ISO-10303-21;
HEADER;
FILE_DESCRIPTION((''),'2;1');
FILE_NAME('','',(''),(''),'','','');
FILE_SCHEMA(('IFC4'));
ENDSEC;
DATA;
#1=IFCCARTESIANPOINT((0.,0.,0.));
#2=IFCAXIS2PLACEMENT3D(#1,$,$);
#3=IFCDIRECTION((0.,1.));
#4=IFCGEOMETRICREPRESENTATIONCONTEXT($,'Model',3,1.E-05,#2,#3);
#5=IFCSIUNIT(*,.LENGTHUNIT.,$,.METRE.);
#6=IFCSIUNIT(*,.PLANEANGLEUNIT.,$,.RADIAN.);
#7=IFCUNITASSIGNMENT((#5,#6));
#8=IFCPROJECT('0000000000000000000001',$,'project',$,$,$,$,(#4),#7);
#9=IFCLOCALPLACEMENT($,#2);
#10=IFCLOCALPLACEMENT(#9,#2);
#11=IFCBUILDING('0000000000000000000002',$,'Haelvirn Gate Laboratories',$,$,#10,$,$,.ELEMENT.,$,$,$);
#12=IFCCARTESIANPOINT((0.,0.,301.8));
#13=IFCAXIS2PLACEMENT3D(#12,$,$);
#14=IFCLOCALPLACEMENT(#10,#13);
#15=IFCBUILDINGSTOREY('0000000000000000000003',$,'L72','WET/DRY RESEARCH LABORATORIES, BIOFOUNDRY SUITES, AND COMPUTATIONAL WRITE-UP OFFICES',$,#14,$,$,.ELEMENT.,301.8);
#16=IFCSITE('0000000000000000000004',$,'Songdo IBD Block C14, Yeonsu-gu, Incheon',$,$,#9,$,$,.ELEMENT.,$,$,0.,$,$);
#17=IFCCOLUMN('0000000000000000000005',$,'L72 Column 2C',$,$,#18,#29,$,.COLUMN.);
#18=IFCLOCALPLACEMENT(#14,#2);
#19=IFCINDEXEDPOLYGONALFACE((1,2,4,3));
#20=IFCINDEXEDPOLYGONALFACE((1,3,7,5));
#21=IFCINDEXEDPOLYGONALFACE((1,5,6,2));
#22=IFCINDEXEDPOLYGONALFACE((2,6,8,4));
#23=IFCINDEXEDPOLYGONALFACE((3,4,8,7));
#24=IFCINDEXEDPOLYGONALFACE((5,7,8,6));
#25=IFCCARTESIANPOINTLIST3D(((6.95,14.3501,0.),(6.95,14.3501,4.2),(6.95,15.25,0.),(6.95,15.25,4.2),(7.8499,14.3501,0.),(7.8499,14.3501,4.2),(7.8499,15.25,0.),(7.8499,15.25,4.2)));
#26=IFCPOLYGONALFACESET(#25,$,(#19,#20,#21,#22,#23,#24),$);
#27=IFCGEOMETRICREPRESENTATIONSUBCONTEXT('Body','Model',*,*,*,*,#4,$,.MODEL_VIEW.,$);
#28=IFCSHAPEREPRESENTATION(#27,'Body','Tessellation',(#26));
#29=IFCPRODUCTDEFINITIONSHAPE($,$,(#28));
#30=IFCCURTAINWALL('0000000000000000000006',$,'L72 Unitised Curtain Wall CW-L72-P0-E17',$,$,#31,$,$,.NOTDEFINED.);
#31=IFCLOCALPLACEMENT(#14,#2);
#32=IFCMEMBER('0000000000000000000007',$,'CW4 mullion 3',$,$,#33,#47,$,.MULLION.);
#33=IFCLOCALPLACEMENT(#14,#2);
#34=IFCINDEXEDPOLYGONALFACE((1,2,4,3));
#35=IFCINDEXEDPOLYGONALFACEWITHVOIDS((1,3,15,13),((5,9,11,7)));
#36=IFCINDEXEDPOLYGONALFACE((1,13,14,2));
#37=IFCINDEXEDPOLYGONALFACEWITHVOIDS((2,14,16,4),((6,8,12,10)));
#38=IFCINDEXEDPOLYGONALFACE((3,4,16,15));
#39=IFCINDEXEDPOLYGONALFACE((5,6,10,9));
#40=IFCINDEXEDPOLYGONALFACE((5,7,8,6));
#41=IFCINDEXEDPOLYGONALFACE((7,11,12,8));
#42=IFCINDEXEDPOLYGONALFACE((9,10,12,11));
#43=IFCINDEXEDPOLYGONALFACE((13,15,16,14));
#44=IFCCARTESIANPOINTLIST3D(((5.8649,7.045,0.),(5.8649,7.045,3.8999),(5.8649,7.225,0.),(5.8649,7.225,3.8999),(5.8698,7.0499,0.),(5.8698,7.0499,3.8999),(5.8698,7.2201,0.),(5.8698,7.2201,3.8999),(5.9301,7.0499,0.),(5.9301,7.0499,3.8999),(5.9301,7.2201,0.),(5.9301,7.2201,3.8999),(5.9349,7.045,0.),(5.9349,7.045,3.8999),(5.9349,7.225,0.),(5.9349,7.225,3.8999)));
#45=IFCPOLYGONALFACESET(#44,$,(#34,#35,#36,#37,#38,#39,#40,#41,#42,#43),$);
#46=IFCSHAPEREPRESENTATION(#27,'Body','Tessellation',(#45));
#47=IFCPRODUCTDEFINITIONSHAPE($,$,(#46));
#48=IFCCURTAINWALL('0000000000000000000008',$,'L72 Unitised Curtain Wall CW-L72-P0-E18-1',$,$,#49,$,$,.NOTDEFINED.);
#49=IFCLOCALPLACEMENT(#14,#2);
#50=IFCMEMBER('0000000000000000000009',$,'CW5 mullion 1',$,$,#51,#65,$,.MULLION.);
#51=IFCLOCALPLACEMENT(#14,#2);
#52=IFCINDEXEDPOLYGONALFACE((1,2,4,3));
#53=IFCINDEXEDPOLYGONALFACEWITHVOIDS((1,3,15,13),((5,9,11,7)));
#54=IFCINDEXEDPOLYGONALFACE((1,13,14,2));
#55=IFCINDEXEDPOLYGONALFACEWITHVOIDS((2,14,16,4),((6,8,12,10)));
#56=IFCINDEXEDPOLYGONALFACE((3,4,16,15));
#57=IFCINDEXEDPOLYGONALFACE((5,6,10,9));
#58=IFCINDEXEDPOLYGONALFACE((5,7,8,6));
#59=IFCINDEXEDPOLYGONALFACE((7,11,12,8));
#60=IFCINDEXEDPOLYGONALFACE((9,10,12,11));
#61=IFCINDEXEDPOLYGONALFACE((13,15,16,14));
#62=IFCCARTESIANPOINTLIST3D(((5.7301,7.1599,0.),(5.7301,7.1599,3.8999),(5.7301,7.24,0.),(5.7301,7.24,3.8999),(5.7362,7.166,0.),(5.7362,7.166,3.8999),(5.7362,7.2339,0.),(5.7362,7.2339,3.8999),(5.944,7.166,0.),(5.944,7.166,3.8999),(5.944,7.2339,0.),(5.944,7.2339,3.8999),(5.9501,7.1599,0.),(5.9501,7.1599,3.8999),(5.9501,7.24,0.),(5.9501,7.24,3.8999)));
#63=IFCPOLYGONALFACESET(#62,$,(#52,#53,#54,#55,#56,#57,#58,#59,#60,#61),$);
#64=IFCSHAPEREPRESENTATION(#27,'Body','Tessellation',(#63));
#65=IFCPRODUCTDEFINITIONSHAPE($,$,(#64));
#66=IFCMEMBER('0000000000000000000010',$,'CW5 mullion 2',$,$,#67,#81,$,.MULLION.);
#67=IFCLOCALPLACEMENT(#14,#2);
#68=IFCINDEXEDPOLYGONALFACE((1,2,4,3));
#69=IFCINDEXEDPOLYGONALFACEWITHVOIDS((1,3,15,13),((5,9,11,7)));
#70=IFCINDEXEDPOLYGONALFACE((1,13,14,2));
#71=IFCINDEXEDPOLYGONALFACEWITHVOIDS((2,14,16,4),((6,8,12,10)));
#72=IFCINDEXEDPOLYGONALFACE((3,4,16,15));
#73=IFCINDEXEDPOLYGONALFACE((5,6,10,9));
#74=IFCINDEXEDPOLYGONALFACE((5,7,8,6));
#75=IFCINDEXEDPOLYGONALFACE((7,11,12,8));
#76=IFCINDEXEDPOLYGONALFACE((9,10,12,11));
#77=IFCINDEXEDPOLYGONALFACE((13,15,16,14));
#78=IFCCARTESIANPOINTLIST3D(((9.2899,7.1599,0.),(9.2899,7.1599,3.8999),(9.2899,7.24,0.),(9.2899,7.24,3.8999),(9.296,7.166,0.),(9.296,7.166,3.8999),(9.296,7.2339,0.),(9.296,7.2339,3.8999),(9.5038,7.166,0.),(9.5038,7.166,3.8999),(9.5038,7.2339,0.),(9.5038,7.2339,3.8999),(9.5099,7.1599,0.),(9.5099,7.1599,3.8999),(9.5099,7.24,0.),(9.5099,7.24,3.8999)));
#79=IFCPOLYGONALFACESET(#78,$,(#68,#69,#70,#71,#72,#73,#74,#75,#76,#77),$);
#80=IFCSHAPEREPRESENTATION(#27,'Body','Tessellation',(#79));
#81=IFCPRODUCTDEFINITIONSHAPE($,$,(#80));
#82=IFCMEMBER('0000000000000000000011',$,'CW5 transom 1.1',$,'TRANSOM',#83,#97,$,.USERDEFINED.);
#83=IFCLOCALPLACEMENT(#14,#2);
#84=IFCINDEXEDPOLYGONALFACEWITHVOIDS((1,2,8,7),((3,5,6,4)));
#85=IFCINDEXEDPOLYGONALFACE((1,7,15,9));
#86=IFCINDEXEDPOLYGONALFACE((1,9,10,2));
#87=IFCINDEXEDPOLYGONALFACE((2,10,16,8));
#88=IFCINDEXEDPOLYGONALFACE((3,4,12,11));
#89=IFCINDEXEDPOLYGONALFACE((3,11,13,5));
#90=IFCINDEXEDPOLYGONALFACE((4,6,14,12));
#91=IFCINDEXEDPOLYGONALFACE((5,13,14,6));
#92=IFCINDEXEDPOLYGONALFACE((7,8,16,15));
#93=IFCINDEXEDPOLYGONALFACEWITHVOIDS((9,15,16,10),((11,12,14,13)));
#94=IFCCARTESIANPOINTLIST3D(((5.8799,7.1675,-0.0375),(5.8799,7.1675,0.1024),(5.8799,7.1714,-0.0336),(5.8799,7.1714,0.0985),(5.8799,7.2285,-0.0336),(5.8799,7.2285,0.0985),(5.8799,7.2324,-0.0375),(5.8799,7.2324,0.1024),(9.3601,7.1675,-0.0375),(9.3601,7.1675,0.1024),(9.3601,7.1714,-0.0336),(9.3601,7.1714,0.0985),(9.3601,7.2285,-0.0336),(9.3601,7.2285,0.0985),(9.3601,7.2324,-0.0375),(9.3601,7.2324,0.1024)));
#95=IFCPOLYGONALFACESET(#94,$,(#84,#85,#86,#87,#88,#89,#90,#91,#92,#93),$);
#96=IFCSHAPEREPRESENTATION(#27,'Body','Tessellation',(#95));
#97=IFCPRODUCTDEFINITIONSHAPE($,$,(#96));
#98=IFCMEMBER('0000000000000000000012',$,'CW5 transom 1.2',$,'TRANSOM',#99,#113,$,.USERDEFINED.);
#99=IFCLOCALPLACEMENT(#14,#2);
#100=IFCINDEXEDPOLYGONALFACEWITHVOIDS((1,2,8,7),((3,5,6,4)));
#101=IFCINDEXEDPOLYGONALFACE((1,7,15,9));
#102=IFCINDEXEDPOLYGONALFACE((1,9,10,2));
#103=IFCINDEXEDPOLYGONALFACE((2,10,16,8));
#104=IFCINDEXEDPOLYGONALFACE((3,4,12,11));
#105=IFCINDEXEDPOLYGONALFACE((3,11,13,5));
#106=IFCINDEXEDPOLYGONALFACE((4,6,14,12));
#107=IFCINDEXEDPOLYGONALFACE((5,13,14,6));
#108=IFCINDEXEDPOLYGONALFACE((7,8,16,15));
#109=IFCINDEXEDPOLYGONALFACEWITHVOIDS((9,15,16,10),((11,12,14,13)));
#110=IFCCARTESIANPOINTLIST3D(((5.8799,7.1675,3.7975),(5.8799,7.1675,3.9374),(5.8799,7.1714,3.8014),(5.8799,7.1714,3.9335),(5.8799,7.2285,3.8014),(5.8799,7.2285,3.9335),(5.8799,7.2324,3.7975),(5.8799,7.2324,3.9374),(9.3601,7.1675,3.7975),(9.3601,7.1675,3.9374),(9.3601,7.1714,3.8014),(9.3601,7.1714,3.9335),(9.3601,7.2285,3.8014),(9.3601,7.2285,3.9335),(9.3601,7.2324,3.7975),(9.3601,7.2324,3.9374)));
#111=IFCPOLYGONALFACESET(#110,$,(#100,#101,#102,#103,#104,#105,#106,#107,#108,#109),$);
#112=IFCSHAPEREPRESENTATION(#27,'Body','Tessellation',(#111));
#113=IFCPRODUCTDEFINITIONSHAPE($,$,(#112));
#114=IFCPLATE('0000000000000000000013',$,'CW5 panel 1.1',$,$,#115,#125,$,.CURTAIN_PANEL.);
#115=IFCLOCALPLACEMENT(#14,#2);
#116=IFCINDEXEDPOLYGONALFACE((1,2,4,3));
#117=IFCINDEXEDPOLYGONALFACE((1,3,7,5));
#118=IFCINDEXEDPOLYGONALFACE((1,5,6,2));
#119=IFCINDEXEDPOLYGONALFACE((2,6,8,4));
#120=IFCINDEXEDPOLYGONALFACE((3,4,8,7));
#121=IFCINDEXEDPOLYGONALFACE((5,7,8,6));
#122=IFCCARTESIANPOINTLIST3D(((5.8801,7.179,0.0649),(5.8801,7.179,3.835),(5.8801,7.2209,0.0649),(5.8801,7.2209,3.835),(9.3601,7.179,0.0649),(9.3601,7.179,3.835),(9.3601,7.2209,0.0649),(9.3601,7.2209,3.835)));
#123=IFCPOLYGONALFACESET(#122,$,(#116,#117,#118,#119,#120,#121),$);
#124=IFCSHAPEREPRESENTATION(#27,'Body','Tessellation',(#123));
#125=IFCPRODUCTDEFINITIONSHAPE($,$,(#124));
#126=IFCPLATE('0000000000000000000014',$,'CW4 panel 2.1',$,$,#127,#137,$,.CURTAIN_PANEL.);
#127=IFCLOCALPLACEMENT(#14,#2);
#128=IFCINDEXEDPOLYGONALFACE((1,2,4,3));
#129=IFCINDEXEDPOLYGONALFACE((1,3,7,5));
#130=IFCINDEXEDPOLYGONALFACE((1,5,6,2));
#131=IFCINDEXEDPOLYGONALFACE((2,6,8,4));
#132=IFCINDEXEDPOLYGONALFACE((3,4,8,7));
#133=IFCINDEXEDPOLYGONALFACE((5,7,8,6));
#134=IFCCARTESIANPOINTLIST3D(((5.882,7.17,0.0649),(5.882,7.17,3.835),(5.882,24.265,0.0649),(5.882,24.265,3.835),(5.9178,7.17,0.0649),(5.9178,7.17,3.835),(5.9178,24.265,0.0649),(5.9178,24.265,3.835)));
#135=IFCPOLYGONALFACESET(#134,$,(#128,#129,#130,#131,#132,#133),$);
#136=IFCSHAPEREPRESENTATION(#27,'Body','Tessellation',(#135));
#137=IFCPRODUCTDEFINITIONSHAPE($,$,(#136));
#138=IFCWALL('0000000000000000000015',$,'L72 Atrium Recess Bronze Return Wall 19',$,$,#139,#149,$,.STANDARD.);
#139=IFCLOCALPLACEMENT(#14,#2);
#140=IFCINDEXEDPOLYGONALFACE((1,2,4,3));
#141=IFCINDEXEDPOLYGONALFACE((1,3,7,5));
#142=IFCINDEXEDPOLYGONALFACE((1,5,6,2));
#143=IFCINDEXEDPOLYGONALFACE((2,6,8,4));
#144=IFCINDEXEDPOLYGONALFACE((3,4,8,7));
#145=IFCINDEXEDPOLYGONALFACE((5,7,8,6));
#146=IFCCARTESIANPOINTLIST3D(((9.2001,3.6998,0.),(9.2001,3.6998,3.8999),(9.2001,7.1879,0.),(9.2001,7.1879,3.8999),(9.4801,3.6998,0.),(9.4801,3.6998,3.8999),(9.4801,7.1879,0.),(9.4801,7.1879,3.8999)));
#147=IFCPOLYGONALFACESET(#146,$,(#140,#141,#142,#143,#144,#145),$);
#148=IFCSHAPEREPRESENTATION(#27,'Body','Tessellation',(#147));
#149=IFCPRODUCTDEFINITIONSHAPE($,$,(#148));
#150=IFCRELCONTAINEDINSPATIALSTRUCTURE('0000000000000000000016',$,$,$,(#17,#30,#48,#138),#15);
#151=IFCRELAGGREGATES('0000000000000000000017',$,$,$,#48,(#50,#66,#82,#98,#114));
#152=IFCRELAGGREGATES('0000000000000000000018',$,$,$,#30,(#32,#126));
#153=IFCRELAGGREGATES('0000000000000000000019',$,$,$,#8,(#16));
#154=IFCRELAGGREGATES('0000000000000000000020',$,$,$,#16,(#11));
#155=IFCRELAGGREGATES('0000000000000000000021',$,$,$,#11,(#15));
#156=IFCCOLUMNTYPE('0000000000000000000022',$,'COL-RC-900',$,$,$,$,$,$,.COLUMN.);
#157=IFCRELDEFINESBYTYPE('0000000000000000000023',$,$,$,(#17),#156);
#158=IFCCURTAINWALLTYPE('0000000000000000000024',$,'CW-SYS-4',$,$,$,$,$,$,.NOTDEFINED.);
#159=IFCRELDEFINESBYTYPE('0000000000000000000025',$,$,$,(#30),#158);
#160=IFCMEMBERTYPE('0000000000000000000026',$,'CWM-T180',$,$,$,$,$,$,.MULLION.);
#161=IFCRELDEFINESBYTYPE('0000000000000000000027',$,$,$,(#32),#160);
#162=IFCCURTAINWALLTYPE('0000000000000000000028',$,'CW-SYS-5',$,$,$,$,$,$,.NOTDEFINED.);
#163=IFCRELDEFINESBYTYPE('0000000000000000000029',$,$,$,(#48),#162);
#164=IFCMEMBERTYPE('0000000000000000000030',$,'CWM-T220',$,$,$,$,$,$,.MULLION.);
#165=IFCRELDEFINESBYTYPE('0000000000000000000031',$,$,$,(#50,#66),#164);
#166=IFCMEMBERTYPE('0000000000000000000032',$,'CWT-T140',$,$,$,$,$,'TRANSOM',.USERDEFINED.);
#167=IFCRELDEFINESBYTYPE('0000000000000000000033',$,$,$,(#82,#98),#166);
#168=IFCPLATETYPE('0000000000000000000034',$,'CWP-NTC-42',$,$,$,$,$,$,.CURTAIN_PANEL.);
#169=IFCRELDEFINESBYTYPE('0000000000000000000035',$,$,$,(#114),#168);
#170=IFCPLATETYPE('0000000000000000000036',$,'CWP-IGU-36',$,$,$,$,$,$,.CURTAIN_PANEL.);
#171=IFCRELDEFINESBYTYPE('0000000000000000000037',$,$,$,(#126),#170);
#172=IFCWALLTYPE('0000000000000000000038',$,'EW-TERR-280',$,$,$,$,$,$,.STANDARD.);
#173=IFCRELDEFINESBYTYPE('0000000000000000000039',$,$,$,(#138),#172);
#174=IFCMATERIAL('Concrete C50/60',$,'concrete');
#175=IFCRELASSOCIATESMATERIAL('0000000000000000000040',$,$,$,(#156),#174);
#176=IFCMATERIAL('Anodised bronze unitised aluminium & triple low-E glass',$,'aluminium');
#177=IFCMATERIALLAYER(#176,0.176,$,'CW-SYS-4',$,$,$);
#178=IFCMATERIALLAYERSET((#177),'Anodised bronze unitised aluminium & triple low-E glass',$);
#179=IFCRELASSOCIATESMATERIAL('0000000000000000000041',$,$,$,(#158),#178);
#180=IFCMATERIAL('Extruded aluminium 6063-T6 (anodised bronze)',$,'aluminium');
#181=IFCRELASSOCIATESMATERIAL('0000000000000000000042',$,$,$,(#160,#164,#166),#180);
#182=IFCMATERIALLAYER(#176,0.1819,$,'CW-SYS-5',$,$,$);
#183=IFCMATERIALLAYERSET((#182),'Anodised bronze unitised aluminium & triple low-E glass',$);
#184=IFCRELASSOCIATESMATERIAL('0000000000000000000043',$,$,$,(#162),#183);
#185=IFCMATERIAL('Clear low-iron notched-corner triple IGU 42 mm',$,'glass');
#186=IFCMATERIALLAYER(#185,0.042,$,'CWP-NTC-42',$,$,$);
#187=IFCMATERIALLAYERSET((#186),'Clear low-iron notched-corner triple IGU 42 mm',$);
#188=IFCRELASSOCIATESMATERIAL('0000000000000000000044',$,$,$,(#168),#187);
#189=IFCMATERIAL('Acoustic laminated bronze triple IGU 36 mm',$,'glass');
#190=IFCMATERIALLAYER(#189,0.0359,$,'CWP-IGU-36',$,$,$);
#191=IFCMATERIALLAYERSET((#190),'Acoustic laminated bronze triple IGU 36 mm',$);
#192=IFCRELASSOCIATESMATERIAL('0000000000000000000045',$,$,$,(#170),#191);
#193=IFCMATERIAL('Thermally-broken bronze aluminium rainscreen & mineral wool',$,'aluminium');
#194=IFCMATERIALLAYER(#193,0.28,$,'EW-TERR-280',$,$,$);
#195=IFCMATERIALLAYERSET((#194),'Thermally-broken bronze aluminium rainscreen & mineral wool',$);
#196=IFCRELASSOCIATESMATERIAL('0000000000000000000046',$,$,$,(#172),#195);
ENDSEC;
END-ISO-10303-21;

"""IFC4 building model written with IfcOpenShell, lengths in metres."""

from ifc_helpers import new_model, si_unit, direction, frame, frame_2d, origin, origin_2d, place, context, subcontext, project, spatial, rectangle, hollow_rectangle, extrude, source, transform, mapped, material, layer, layer_set, material_profile, profile_set, type_object, type_shapes, element, aggregate, save


model = new_model("IFC4")

# Units and contexts
model_context = context("Model", 3, precision=1e-05, world=origin(), true_north=direction((0.0, 1.0)))
body_context = subcontext(model_context, "Body", "Model", "MODEL_VIEW")
ifc_project = project(units=[si_unit("LENGTHUNIT", "METRE"), si_unit("PLANEANGLEUNIT", "RADIAN")], contexts=[model_context])

# Site, building, storey
site_placement = place(None, origin())
site = spatial("IfcSite", under=ifc_project, at=site_placement, Name="Songdo IBD Block C14, Yeonsu-gu, Incheon", CompositionType="ELEMENT", RefElevation=0.0)
building_placement = place(site_placement, origin())
building = spatial("IfcBuilding", under=site, at=building_placement, Name="Haelvirn Gate Laboratories", CompositionType="ELEMENT")
storey_placement = place(building_placement, frame((0.0, 0.0, 301.8)))
storey = spatial("IfcBuildingStorey", under=building, at=storey_placement, Name="L72", Description="WET/DRY RESEARCH LABORATORIES, BIOFOUNDRY SUITES, AND COMPUTATIONAL WRITE-UP OFFICES", CompositionType="ELEMENT", Elevation=301.8)

# Column
ifc_material_1 = material(Name="Concrete C50/60", Category="concrete")
ifc_material_profile_1 = material_profile(ifc_material_1, rectangle(XDim=0.8999, YDim=0.8999, at=origin_2d()), Name="RC-900x900")
ifc_profile_set_1 = profile_set([ifc_material_profile_1], Name="Concrete C50/60")
column_type = type_object("IfcColumnType", Name="COL-RC-900", PredefinedType="COLUMN", material=ifc_profile_set_1)
shared_shape_1 = source(origin(), body_context, "Body", "SweptSolid", [
    extrude(rectangle(XDim=0.8999, YDim=0.8999, at=origin_2d()), origin(), (0.0, 0.0, 1.0), 4.2),
])
type_shapes(column_type, [shared_shape_1])
column_placement = place(storey_placement, frame((7.3999, 14.8, 0.0), z_axis=(0.0, 0.0, 1.0), x_axis=(1.0, 0.0, 0.0)))
element("IfcColumn", 1, at=column_placement, inside=storey, type_object=column_type, Name="L72 Column 2C", PredefinedType="COLUMN", context=body_context, shape_type="MappedRepresentation", body=[
    mapped(shared_shape_1, transform((0.0, 0.0, 0.0), scale=1.0)),
])

# Curtain wall, member
ifc_material_2 = material(Name="Anodised bronze unitised aluminium & triple low-E glass", Category="aluminium")
ifc_layer_1 = layer(ifc_material_2, 0.176, Name="CW-SYS-4")
ifc_layer_set_1 = layer_set([ifc_layer_1], Name="Anodised bronze unitised aluminium & triple low-E glass")
curtain_wall_type_1 = type_object("IfcCurtainWallType", Name="CW-SYS-4", PredefinedType="NOTDEFINED", material=ifc_layer_set_1)
curtain_wall_1_placement = place(storey_placement, origin())
curtain_wall_1 = element("IfcCurtainWall", 2, at=curtain_wall_1_placement, inside=storey, type_object=curtain_wall_type_1, Name="L72 Unitised Curtain Wall CW-L72-P0-E17", PredefinedType="NOTDEFINED")
ifc_material_3 = material(Name="Extruded aluminium 6063-T6 (anodised bronze)", Category="aluminium")
ifc_material_profile_2 = material_profile(ifc_material_3, hollow_rectangle(XDim=0.0701, YDim=0.1799, WallThickness=0.0049, at=origin_2d()), Name="CWM-180x70x5")
ifc_profile_set_2 = profile_set([ifc_material_profile_2], Name="Extruded aluminium 6063-T6 (anodised bronze)")
member_type_1 = type_object("IfcMemberType", Name="CWM-T180", PredefinedType="MULLION", material=ifc_profile_set_2)
shared_shape_2 = source(origin(), body_context, "Body", "SweptSolid", [
    extrude(hollow_rectangle(XDim=0.0701, YDim=0.1799, WallThickness=0.0049, at=origin_2d()), origin(), (0.0, 0.0, 1.0), 3.8999),
])
type_shapes(member_type_1, [shared_shape_2])
member_1_placement = place(storey_placement, frame((5.8999, 7.135, 0.0), z_axis=(0.0, 0.0, 1.0), x_axis=(1.0, 0.0, 0.0)))
member_1 = element("IfcMember", 3, at=member_1_placement, type_object=member_type_1, Name="CW4 mullion 3", PredefinedType="MULLION", context=body_context, shape_type="MappedRepresentation", body=[
    mapped(shared_shape_2, transform((0.0, 0.0, 0.0), scale=1.0)),
])

# Curtain wall, members, plate
ifc_layer_2 = layer(ifc_material_2, 0.1819, Name="CW-SYS-5")
ifc_layer_set_2 = layer_set([ifc_layer_2], Name="Anodised bronze unitised aluminium & triple low-E glass")
curtain_wall_type_2 = type_object("IfcCurtainWallType", Name="CW-SYS-5", PredefinedType="NOTDEFINED", material=ifc_layer_set_2)
curtain_wall_2_placement = place(storey_placement, origin())
curtain_wall_2 = element("IfcCurtainWall", 4, at=curtain_wall_2_placement, inside=storey, type_object=curtain_wall_type_2, Name="L72 Unitised Curtain Wall CW-L72-P0-E18-1", PredefinedType="NOTDEFINED")
ifc_material_profile_3 = material_profile(ifc_material_3, hollow_rectangle(XDim=0.0801, YDim=0.22, WallThickness=0.0061, at=origin_2d()), Name="CWM-220x80x6")
ifc_profile_set_3 = profile_set([ifc_material_profile_3], Name="Extruded aluminium 6063-T6 (anodised bronze)")
member_type_2 = type_object("IfcMemberType", Name="CWM-T220", PredefinedType="MULLION", material=ifc_profile_set_3)
shared_shape_3 = source(origin(), body_context, "Body", "SweptSolid", [
    extrude(hollow_rectangle(XDim=0.0801, YDim=0.22, WallThickness=0.0061, at=origin_2d()), origin(), (0.0, 0.0, 1.0), 3.8999),
])
type_shapes(member_type_2, [shared_shape_3])
member_2_placement = place(storey_placement, frame((5.8401, 7.2, 0.0), z_axis=(0.0, 0.0, 1.0), x_axis=(0.0, 1.0, 0.0)))
member_2 = element("IfcMember", 5, at=member_2_placement, type_object=member_type_2, Name="CW5 mullion 1", PredefinedType="MULLION", context=body_context, shape_type="MappedRepresentation", body=[
    mapped(shared_shape_3, transform((0.0, 0.0, 0.0), scale=1.0)),
])
member_3_placement = place(storey_placement, frame((9.3999, 7.2, 0.0), z_axis=(0.0, 0.0, 1.0), x_axis=(0.0, 1.0, 0.0)))
member_3 = element("IfcMember", 6, at=member_3_placement, type_object=member_type_2, Name="CW5 mullion 2", PredefinedType="MULLION", context=body_context, shape_type="MappedRepresentation", body=[
    mapped(shared_shape_3, transform((0.0, 0.0, 0.0), scale=1.0)),
])
ifc_material_profile_4 = material_profile(ifc_material_3, hollow_rectangle(XDim=0.0649, YDim=0.1399, WallThickness=0.0039, at=origin_2d()), Name="CWT-140x65x4")
ifc_profile_set_4 = profile_set([ifc_material_profile_4], Name="Extruded aluminium 6063-T6 (anodised bronze)")
member_type_3 = type_object("IfcMemberType", Name="CWT-T140", ElementType="TRANSOM", PredefinedType="USERDEFINED", material=ifc_profile_set_4)
shared_shape_4 = source(origin(), body_context, "Body", "SweptSolid", [
    extrude(hollow_rectangle(XDim=0.0649, YDim=0.1399, WallThickness=0.0039, at=origin_2d()), origin(), (0.0, 0.0, 1.0), 3.4802),
])
type_shapes(member_type_3, [shared_shape_4])
member_4_placement = place(storey_placement, frame((5.8799, 7.2, 0.0325), z_axis=(1.0, 0.0, 0.0), x_axis=(0.0, 1.0, 0.0)))
member_4 = element("IfcMember", 7, at=member_4_placement, type_object=member_type_3, Name="CW5 transom 1.1", ObjectType="TRANSOM", PredefinedType="USERDEFINED", context=body_context, shape_type="MappedRepresentation", body=[
    mapped(shared_shape_4, transform((0.0, 0.0, 0.0), scale=1.0)),
])
member_5_placement = place(storey_placement, frame((5.8799, 7.2, 3.8674), z_axis=(1.0, 0.0, 0.0), x_axis=(0.0, 1.0, 0.0)))
member_5 = element("IfcMember", 8, at=member_5_placement, type_object=member_type_3, Name="CW5 transom 1.2", ObjectType="TRANSOM", PredefinedType="USERDEFINED", context=body_context, shape_type="MappedRepresentation", body=[
    mapped(shared_shape_4, transform((0.0, 0.0, 0.0), scale=1.0)),
])
ifc_material_4 = material(Name="Clear low-iron notched-corner triple IGU 42 mm", Category="glass")
ifc_layer_3 = layer(ifc_material_4, 0.042, Name="CWP-NTC-42")
ifc_layer_set_3 = layer_set([ifc_layer_3], Name="Clear low-iron notched-corner triple IGU 42 mm")
plate_type_1 = type_object("IfcPlateType", Name="CWP-NTC-42", PredefinedType="CURTAIN_PANEL", material=ifc_layer_set_3)
shared_shape_5 = source(origin(), body_context, "Body", "SweptSolid", [
    extrude(rectangle(XDim=3.48, YDim=0.042, at=origin_2d()), origin(), (0.0, 0.0, 1.0), 3.77),
])
type_shapes(plate_type_1, [shared_shape_5])
plate_1_placement = place(storey_placement, frame((7.6201, 7.2, 0.0649), z_axis=(0.0, 0.0, 1.0), x_axis=(1.0, 0.0, 0.0)))
plate_1 = element("IfcPlate", 9, at=plate_1_placement, type_object=plate_type_1, Name="CW5 panel 1.1", PredefinedType="CURTAIN_PANEL", context=body_context, shape_type="MappedRepresentation", body=[
    mapped(shared_shape_5, transform((0.0, 0.0, 0.0), scale=1.0)),
])
aggregate(curtain_wall_2, [member_2, member_3, member_4, member_5, plate_1])

# Plate
ifc_material_5 = material(Name="Acoustic laminated bronze triple IGU 36 mm", Category="glass")
ifc_layer_4 = layer(ifc_material_5, 0.0359, Name="CWP-IGU-36")
ifc_layer_set_4 = layer_set([ifc_layer_4], Name="Acoustic laminated bronze triple IGU 36 mm")
plate_type_2 = type_object("IfcPlateType", Name="CWP-IGU-36", PredefinedType="CURTAIN_PANEL", material=ifc_layer_set_4)
shared_shape_6 = source(origin(), body_context, "Body", "SweptSolid", [
    extrude(rectangle(XDim=17.095, YDim=0.0359, at=origin_2d()), origin(), (0.0, 0.0, 1.0), 3.77),
])
type_shapes(plate_type_2, [shared_shape_6])
plate_2_placement = place(storey_placement, frame((5.8999, 15.7175, 0.0649), z_axis=(0.0, 0.0, 1.0), x_axis=(0.0, -1.0, 0.0)))
plate_2 = element("IfcPlate", 10, at=plate_2_placement, type_object=plate_type_2, Name="CW4 panel 2.1", PredefinedType="CURTAIN_PANEL", context=body_context, shape_type="MappedRepresentation", body=[
    mapped(shared_shape_6, transform((0.0, 0.0, 0.0), scale=1.0)),
])
aggregate(curtain_wall_1, [member_1, plate_2])

# Wall
ifc_material_6 = material(Name="Thermally-broken bronze aluminium rainscreen & mineral wool", Category="aluminium")
ifc_layer_5 = layer(ifc_material_6, 0.28, Name="EW-TERR-280")
ifc_layer_set_5 = layer_set([ifc_layer_5], Name="Thermally-broken bronze aluminium rainscreen & mineral wool")
wall_type_1 = type_object("IfcWallType", Name="EW-TERR-280", PredefinedType="STANDARD", material=ifc_layer_set_5)
wall_1_placement = place(storey_placement, frame((9.3401, 7.188, 0.0), z_axis=(0.0, 0.0, 1.0), x_axis=(0.0, -1.0, 0.0)))
element("IfcWall", 11, at=wall_1_placement, inside=storey, type_object=wall_type_1, Name="L72 Atrium Recess Bronze Return Wall 19", PredefinedType="STANDARD", context=body_context, shape_type="SweptSolid", body=[
    extrude(rectangle(XDim=3.488, YDim=0.28, at=frame_2d((1.7441, 0.0))), origin(), (0.0, 0.0, 1.0), 3.8999),
])

save(model, "model.ifc")
